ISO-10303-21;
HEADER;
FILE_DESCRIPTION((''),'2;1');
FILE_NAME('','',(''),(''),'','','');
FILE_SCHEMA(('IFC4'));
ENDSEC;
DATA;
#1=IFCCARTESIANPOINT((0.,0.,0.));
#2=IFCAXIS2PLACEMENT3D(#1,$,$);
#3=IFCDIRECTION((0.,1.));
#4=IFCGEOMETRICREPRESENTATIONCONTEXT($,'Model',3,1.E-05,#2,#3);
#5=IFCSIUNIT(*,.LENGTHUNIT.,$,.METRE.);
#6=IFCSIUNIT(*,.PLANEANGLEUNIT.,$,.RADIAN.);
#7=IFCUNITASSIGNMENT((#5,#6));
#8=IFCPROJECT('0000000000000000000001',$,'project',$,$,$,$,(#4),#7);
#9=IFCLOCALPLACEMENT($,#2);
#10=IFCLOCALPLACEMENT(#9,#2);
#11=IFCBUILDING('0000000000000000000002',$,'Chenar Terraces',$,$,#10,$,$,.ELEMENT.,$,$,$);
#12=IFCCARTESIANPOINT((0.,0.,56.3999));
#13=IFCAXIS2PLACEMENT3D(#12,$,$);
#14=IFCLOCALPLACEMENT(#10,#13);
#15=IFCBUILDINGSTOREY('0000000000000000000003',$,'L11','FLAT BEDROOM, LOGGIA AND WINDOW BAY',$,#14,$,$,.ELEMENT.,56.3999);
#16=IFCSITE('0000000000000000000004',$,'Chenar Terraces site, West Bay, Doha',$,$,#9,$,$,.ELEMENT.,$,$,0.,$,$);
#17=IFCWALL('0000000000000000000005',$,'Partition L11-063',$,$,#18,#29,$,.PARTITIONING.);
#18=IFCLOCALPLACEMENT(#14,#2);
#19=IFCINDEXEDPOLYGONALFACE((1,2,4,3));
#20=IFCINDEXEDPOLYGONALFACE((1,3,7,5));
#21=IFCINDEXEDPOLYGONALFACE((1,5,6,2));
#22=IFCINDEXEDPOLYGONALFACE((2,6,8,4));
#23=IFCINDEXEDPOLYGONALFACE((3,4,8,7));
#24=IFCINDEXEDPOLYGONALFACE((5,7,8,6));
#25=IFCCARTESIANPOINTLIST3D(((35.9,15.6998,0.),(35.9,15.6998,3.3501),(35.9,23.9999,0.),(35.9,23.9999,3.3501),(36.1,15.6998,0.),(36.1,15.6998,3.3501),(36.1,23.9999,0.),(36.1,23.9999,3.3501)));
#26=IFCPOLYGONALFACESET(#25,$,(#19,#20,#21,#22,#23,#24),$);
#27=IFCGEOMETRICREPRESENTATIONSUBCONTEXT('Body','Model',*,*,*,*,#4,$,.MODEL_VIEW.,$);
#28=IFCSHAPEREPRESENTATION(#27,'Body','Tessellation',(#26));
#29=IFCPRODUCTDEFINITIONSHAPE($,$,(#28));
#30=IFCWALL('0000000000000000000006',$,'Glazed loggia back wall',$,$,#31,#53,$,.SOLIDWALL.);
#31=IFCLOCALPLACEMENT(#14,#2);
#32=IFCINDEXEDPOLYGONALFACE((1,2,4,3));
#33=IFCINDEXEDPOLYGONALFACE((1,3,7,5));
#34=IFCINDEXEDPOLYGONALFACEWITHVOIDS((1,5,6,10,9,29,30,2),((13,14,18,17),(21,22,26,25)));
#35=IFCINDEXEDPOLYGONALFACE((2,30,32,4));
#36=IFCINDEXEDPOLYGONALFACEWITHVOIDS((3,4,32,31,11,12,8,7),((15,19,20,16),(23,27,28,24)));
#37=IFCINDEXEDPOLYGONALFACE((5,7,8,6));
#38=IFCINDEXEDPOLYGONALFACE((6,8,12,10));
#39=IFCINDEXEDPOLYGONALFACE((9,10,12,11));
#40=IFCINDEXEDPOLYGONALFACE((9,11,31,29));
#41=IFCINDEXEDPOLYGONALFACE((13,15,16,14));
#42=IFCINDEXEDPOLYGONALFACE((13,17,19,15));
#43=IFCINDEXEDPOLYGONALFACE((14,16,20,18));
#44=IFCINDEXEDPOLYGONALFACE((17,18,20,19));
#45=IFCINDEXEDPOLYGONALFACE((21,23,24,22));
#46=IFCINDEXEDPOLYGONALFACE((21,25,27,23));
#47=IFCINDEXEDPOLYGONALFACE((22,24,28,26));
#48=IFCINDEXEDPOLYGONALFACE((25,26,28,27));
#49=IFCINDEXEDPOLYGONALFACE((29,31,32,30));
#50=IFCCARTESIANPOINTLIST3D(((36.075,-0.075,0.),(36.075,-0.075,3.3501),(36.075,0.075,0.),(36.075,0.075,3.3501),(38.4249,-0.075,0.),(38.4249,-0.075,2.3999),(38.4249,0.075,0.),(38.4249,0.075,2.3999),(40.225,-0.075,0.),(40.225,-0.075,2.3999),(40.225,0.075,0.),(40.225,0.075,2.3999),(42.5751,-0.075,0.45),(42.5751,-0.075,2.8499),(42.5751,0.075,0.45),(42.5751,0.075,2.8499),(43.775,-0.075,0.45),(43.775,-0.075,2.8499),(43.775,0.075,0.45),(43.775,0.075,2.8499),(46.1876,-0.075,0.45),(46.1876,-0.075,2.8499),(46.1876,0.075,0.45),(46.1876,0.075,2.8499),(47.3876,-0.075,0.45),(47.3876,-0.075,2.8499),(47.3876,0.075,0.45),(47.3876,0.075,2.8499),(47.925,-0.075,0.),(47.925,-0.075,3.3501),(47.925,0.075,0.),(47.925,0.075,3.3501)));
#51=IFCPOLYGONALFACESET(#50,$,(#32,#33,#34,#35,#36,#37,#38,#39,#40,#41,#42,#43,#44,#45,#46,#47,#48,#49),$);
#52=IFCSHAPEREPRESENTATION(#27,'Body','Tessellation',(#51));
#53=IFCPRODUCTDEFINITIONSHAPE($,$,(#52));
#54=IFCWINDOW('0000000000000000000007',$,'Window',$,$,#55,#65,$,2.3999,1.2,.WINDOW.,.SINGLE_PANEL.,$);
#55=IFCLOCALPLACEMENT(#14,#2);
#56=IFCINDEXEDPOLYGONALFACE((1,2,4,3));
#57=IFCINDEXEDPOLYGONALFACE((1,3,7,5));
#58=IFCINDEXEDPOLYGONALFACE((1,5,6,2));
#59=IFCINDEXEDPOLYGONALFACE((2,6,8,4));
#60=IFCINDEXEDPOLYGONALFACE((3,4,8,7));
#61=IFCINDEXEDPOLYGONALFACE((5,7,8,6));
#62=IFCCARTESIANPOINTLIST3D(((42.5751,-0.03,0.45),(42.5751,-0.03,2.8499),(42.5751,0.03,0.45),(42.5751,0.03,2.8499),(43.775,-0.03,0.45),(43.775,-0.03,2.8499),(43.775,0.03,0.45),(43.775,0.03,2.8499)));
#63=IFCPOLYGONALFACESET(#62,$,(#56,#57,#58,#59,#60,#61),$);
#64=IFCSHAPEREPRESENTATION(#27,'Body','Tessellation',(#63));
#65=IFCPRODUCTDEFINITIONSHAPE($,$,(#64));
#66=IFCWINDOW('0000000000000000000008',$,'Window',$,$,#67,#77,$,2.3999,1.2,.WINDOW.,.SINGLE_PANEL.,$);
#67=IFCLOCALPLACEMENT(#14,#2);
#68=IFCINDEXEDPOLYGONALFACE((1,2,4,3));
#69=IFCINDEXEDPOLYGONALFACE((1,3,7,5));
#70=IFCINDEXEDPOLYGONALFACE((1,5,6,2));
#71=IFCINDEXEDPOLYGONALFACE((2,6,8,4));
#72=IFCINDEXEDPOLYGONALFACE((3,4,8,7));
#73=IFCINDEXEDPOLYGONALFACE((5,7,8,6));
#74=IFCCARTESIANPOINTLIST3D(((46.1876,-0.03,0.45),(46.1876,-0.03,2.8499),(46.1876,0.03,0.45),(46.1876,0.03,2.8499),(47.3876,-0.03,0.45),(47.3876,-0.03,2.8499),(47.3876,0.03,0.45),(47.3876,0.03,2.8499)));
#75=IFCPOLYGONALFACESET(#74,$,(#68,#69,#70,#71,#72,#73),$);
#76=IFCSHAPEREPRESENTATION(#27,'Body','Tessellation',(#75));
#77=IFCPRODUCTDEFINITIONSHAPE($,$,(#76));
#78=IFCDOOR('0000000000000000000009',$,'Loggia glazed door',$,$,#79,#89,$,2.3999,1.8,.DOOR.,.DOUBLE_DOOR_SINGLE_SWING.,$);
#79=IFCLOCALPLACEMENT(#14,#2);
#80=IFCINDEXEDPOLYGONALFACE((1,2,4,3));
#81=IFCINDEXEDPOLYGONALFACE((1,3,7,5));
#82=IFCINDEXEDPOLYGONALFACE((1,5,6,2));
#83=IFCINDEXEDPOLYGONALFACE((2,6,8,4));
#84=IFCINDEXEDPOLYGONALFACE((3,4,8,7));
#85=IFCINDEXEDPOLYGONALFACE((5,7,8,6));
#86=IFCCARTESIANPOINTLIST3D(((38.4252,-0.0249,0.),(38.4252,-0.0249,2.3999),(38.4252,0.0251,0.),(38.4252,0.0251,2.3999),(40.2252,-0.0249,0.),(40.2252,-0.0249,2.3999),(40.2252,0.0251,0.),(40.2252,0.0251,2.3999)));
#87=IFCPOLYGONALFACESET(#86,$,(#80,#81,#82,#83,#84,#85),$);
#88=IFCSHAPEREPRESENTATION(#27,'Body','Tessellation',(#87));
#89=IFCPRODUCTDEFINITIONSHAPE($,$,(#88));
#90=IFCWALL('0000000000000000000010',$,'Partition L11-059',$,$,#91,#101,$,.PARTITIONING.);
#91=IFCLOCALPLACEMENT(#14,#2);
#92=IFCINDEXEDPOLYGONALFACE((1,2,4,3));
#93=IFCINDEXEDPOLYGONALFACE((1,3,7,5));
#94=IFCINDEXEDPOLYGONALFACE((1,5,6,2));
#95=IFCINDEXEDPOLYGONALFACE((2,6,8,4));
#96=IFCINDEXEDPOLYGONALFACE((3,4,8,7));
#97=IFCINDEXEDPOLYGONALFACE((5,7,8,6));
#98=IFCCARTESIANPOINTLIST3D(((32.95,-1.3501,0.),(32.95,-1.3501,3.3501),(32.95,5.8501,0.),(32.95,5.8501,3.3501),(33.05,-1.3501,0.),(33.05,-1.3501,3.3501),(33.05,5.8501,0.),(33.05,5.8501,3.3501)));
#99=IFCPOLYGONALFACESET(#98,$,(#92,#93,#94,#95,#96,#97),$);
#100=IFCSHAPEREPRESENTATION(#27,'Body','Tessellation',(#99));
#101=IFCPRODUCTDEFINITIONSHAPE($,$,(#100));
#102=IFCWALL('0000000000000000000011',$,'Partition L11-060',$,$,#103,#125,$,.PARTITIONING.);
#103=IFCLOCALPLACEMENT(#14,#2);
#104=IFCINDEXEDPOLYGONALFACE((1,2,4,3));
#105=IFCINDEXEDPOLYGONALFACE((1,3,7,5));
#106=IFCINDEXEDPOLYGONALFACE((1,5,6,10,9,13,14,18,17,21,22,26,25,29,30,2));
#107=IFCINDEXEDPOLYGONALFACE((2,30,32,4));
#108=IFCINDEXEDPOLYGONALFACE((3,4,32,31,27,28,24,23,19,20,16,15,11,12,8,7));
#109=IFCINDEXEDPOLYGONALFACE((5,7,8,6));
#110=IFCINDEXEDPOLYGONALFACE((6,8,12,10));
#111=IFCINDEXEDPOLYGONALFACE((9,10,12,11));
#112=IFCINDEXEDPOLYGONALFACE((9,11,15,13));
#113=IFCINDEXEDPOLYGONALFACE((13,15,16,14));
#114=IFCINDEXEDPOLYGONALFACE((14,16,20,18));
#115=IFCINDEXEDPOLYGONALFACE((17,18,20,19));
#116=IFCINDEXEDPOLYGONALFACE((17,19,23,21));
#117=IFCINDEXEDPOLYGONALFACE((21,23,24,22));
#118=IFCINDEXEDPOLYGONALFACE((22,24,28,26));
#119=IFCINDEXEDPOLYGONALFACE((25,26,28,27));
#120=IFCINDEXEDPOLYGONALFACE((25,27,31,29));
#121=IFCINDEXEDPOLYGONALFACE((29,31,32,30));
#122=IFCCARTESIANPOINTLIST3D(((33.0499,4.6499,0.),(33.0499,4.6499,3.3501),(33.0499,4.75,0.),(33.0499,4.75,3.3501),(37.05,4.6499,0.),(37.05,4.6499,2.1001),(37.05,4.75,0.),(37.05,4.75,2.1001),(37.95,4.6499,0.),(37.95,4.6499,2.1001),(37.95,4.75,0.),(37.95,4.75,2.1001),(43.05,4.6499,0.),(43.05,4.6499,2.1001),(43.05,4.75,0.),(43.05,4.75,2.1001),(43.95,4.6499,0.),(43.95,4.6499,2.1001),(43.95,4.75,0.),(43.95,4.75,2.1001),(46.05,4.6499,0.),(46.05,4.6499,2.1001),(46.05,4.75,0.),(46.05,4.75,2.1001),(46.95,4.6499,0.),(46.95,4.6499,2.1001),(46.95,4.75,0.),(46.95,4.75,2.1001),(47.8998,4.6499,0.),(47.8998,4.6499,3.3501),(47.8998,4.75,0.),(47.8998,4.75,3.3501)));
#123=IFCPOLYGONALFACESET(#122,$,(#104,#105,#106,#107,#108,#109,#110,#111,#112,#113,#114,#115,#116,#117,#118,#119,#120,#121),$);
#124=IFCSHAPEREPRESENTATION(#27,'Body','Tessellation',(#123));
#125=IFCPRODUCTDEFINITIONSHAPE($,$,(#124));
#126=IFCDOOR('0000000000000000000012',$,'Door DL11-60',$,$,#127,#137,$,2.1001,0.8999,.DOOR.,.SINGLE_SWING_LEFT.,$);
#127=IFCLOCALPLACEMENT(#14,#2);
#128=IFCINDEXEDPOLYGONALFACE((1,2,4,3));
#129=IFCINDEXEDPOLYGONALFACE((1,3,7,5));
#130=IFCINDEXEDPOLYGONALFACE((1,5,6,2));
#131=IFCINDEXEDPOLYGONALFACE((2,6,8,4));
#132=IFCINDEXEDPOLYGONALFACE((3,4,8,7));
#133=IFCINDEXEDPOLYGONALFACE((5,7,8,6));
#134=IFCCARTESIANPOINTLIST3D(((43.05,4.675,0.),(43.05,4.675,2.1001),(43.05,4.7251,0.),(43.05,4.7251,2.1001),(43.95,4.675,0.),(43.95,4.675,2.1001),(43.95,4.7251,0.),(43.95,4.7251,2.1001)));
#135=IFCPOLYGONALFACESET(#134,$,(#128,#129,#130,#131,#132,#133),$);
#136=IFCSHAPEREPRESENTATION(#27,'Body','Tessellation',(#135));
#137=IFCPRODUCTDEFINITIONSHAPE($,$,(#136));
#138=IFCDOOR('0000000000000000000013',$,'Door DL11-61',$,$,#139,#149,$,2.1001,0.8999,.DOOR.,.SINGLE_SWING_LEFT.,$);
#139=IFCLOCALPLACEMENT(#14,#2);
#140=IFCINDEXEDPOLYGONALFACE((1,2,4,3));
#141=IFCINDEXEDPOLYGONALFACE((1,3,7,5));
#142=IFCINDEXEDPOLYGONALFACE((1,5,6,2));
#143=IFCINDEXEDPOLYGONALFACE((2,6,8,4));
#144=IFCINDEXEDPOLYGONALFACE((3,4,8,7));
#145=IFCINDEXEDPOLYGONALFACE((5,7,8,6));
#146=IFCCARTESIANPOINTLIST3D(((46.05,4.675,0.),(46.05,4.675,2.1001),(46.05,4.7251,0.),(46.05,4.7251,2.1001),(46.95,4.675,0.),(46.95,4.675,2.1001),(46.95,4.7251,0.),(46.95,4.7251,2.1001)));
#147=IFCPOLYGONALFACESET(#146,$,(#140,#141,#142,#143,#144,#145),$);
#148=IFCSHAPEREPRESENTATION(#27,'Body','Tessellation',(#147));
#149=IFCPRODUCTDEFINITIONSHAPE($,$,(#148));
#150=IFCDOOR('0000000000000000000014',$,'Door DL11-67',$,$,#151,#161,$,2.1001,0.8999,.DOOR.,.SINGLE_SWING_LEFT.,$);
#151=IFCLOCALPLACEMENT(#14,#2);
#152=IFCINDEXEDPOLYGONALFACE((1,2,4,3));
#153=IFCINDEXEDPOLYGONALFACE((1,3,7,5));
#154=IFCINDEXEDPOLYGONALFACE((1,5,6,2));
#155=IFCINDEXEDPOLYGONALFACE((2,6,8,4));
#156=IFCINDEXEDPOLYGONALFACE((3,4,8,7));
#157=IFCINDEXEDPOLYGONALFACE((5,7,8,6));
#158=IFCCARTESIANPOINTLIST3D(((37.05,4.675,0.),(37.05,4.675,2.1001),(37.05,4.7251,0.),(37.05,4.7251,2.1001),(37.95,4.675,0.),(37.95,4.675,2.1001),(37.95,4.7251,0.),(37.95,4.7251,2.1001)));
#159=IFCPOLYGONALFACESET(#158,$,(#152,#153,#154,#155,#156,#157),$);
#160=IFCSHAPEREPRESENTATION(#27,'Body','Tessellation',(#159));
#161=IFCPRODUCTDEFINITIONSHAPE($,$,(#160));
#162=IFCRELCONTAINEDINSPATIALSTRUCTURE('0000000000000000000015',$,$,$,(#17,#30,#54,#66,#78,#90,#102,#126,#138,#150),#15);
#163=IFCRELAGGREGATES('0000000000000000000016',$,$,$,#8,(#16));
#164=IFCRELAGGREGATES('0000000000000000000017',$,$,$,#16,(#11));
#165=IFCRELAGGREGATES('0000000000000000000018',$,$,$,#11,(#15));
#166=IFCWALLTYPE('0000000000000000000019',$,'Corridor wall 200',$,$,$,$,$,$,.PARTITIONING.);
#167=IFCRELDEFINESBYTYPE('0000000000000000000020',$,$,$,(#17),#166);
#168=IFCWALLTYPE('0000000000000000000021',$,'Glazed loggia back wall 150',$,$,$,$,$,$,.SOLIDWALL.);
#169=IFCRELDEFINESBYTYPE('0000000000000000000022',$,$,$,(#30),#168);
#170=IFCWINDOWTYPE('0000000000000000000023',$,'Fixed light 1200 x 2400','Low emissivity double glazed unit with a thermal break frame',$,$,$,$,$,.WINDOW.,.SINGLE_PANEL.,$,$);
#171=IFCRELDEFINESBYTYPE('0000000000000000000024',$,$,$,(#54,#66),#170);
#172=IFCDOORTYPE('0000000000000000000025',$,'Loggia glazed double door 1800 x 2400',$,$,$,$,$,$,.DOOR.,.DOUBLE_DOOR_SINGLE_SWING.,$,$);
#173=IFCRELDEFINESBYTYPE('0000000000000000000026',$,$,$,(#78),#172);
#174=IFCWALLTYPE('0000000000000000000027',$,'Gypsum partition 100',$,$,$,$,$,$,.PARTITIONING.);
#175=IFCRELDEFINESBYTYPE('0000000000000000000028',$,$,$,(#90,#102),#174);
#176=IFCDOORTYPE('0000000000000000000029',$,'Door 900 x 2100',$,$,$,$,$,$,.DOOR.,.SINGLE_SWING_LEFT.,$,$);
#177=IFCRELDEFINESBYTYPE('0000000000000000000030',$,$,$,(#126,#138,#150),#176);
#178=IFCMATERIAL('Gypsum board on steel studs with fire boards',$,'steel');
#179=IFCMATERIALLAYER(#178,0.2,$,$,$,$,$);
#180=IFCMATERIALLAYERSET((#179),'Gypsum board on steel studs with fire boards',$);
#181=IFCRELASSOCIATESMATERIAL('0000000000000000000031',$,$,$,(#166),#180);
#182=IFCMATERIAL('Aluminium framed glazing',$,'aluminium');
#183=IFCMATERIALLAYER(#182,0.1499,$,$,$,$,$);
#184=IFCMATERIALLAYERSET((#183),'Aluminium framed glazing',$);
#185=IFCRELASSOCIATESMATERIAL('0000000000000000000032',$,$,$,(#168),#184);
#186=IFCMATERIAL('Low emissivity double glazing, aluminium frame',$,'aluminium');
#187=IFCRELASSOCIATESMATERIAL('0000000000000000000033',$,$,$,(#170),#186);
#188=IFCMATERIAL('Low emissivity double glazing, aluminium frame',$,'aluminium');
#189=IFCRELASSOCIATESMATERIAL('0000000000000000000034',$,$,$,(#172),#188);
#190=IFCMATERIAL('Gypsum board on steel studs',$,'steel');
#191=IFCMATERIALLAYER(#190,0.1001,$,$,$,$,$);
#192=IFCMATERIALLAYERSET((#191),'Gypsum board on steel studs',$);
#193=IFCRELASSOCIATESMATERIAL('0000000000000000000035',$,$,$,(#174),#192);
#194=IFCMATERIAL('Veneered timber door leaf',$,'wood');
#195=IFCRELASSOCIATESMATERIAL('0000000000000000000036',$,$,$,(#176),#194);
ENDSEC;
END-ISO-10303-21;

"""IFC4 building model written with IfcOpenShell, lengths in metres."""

from ifc_helpers import new_model, si_unit, direction, frame, frame_2d, origin, place, context, subcontext, project, spatial, rectangle, extrude, material, layer, layer_set, type_object, element, fill, save


model = new_model("IFC4")

# Units and contexts
model_context = context("Model", 3, precision=1e-05, world=origin(), true_north=direction((0.0, 1.0)))
body_context = subcontext(model_context, "Body", "Model", "MODEL_VIEW")
ifc_project = project(units=[si_unit("LENGTHUNIT", "METRE"), si_unit("PLANEANGLEUNIT", "RADIAN")], contexts=[model_context])

# Site, building, storey
site_placement = place(None, origin())
site = spatial("IfcSite", under=ifc_project, at=site_placement, Name="Chenar Terraces site, West Bay, Doha", CompositionType="ELEMENT", RefElevation=0.0)
building_placement = place(site_placement, origin())
building = spatial("IfcBuilding", under=site, at=building_placement, Name="Chenar Terraces", CompositionType="ELEMENT")
storey_placement = place(building_placement, frame((0.0, 0.0, 56.3999)))
storey = spatial("IfcBuildingStorey", under=building, at=storey_placement, Name="L11", Description="FLAT BEDROOM, LOGGIA AND WINDOW BAY", CompositionType="ELEMENT", Elevation=56.3999)

# Shared definitions
ifc_material_1 = material(Name="Gypsum board on steel studs with fire boards", Category="steel")
ifc_layer_1 = layer(ifc_material_1, 0.2)
ifc_layer_set_1 = layer_set([ifc_layer_1], Name="Gypsum board on steel studs with fire boards")
wall_type_1 = type_object("IfcWallType", Name="Corridor wall 200", PredefinedType="PARTITIONING", material=ifc_layer_set_1)

# Wall
wall_1_placement = place(storey_placement, frame((36.0, 15.7, 0.0), z_axis=(0.0, 0.0, 1.0), x_axis=(0.0, 1.0, 0.0)))
element("IfcWall", 1, at=wall_1_placement, inside=storey, type_object=wall_type_1, Name="Partition L11-063", PredefinedType="PARTITIONING", context=body_context, shape_type="SweptSolid", body=[
    extrude(rectangle(XDim=8.3, YDim=0.2, at=frame_2d((4.1499, 0.0))), origin(), (0.0, 0.0, 1.0), 3.3501),
])

# Wall, openings, windows, door
ifc_material_2 = material(Name="Aluminium framed glazing", Category="aluminium")
ifc_layer_2 = layer(ifc_material_2, 0.1499)
ifc_layer_set_2 = layer_set([ifc_layer_2], Name="Aluminium framed glazing")
wall_type_2 = type_object("IfcWallType", Name="Glazed loggia back wall 150", PredefinedType="SOLIDWALL", material=ifc_layer_set_2)
wall_2_placement = place(storey_placement, frame((36.075, 0.0, 0.0), z_axis=(0.0, 0.0, 1.0), x_axis=(1.0, 0.0, 0.0)))
wall_2 = element("IfcWall", 2, at=wall_2_placement, inside=storey, type_object=wall_type_2, Name="Glazed loggia back wall", PredefinedType="SOLIDWALL", context=body_context, shape_type="SweptSolid", body=[
    extrude(rectangle(XDim=11.8501, YDim=0.1499, at=frame_2d((5.925, 0.0))), origin(), (0.0, 0.0, 1.0), 3.3501),
])
opening_1_placement = place(wall_2_placement, frame((2.3501, 0.0, 0.0)))
opening_1 = element("IfcOpeningElement", 3, at=opening_1_placement, cuts=wall_2, PredefinedType="OPENING", context=body_context, shape_type="SweptSolid", body=[
    extrude(rectangle(XDim=1.8, YDim=2.3999, at=frame_2d((0.8999, 1.2))), frame((0.0, 0.085, 0.0), z_axis=(0.0, -1.0, 0.0), x_axis=(1.0, 0.0, 0.0)), (0.0, 0.0, 1.0), 0.1699),
])
opening_2_placement = place(wall_2_placement, frame((6.5, 0.0, 0.45)))
opening_2 = element("IfcOpeningElement", 4, at=opening_2_placement, cuts=wall_2, PredefinedType="OPENING", context=body_context, shape_type="SweptSolid", body=[
    extrude(rectangle(XDim=1.2, YDim=2.3999, at=frame_2d((0.6001, 1.2))), frame((0.0, 0.085, 0.0), z_axis=(0.0, -1.0, 0.0), x_axis=(1.0, 0.0, 0.0)), (0.0, 0.0, 1.0), 0.1699),
])
opening_3_placement = place(wall_2_placement, frame((10.1125, 0.0, 0.45)))
opening_3 = element("IfcOpeningElement", 5, at=opening_3_placement, cuts=wall_2, PredefinedType="OPENING", context=body_context, shape_type="SweptSolid", body=[
    extrude(rectangle(XDim=1.2, YDim=2.3999, at=frame_2d((0.6001, 1.2))), frame((0.0, 0.085, 0.0), z_axis=(0.0, -1.0, 0.0), x_axis=(1.0, 0.0, 0.0)), (0.0, 0.0, 1.0), 0.1699),
])
ifc_material_3 = material(Name="Low emissivity double glazing, aluminium frame", Category="aluminium")
window_type = type_object("IfcWindowType", Name="Fixed light 1200 x 2400", Description="Low emissivity double glazed unit with a thermal break frame", PartitioningType="SINGLE_PANEL", PredefinedType="WINDOW", material=ifc_material_3)
window_1_placement = place(opening_2_placement, origin())
window_1 = element("IfcWindow", 6, at=window_1_placement, inside=storey, type_object=window_type, Name="Window", OverallHeight=2.3999, OverallWidth=1.2, PartitioningType="SINGLE_PANEL", PredefinedType="WINDOW", context=body_context, shape_type="SweptSolid", body=[
    extrude(rectangle(XDim=1.2, YDim=2.3999, at=frame_2d((0.6001, 1.2))), frame((0.0, 0.03, 0.0), z_axis=(0.0, -1.0, 0.0), x_axis=(1.0, 0.0, 0.0)), (0.0, 0.0, 1.0), 0.0601),
])
fill(opening_2, window_1)
window_2_placement = place(opening_3_placement, origin())
window_2 = element("IfcWindow", 7, at=window_2_placement, inside=storey, type_object=window_type, Name="Window", OverallHeight=2.3999, OverallWidth=1.2, PartitioningType="SINGLE_PANEL", PredefinedType="WINDOW", context=body_context, shape_type="SweptSolid", body=[
    extrude(rectangle(XDim=1.2, YDim=2.3999, at=frame_2d((0.6001, 1.2))), frame((0.0, 0.03, 0.0), z_axis=(0.0, -1.0, 0.0), x_axis=(1.0, 0.0, 0.0)), (0.0, 0.0, 1.0), 0.0601),
])
fill(opening_3, window_2)
ifc_material_4 = material(Name="Low emissivity double glazing, aluminium frame", Category="aluminium")
door_type_1 = type_object("IfcDoorType", Name="Loggia glazed double door 1800 x 2400", OperationType="DOUBLE_DOOR_SINGLE_SWING", PredefinedType="DOOR", material=ifc_material_4)
door_1_placement = place(opening_1_placement, frame((1.8, 0.0, 0.0), z_axis=(0.0, 0.0, 1.0), x_axis=(-1.0, 0.0, 0.0)))
door_1 = element("IfcDoor", 8, at=door_1_placement, inside=storey, type_object=door_type_1, Name="Loggia glazed door", OperationType="DOUBLE_DOOR_SINGLE_SWING", OverallHeight=2.3999, OverallWidth=1.8, PredefinedType="DOOR", context=body_context, shape_type="SweptSolid", body=[
    extrude(rectangle(XDim=1.8, YDim=2.3999, at=frame_2d((0.8999, 1.2))), frame((0.0, 0.0249, 0.0), z_axis=(0.0, -1.0, 0.0), x_axis=(1.0, 0.0, 0.0)), (0.0, 0.0, 1.0), 0.05),
])
fill(opening_1, door_1)

# Wall
ifc_material_5 = material(Name="Gypsum board on steel studs", Category="steel")
ifc_layer_3 = layer(ifc_material_5, 0.1001)
ifc_layer_set_3 = layer_set([ifc_layer_3], Name="Gypsum board on steel studs")
wall_type_3 = type_object("IfcWallType", Name="Gypsum partition 100", PredefinedType="PARTITIONING", material=ifc_layer_set_3)
wall_3_placement = place(storey_placement, frame((33.0, -1.3501, 0.0), z_axis=(0.0, 0.0, 1.0), x_axis=(0.0, 1.0, 0.0)))
element("IfcWall", 9, at=wall_3_placement, inside=storey, type_object=wall_type_3, Name="Partition L11-059", PredefinedType="PARTITIONING", context=body_context, shape_type="SweptSolid", body=[
    extrude(rectangle(XDim=7.2002, YDim=0.1001, at=frame_2d((3.6001, 0.0))), origin(), (0.0, 0.0, 1.0), 3.3501),
])

# Wall, openings, doors
wall_4_placement = place(storey_placement, frame((33.05, 4.7, 0.0), z_axis=(0.0, 0.0, 1.0), x_axis=(1.0, 0.0, 0.0)))
wall_4 = element("IfcWall", 10, at=wall_4_placement, inside=storey, type_object=wall_type_3, Name="Partition L11-060", PredefinedType="PARTITIONING", context=body_context, shape_type="SweptSolid", body=[
    extrude(rectangle(XDim=14.8499, YDim=0.1001, at=frame_2d((7.4248, 0.0))), origin(), (0.0, 0.0, 1.0), 3.3501),
])
opening_4_placement = place(wall_4_placement, frame((10.0, 0.0, 0.0)))
opening_4 = element("IfcOpeningElement", 11, at=opening_4_placement, cuts=wall_4, PredefinedType="OPENING", context=body_context, shape_type="SweptSolid", body=[
    extrude(rectangle(XDim=0.8999, YDim=2.1001, at=frame_2d((0.45, 1.05))), frame((0.0, 0.0601, 0.0), z_axis=(0.0, -1.0, 0.0), x_axis=(1.0, 0.0, 0.0)), (0.0, 0.0, 1.0), 0.1201),
])
opening_5_placement = place(wall_4_placement, frame((13.0, 0.0, 0.0)))
opening_5 = element("IfcOpeningElement", 12, at=opening_5_placement, cuts=wall_4, PredefinedType="OPENING", context=body_context, shape_type="SweptSolid", body=[
    extrude(rectangle(XDim=0.8999, YDim=2.1001, at=frame_2d((0.45, 1.05))), frame((0.0, 0.0601, 0.0), z_axis=(0.0, -1.0, 0.0), x_axis=(1.0, 0.0, 0.0)), (0.0, 0.0, 1.0), 0.1201),
])
opening_6_placement = place(wall_4_placement, frame((4.0, 0.0, 0.0)))
opening_6 = element("IfcOpeningElement", 13, at=opening_6_placement, cuts=wall_4, PredefinedType="OPENING", context=body_context, shape_type="SweptSolid", body=[
    extrude(rectangle(XDim=0.8999, YDim=2.1001, at=frame_2d((0.45, 1.05))), frame((0.0, 0.0601, 0.0), z_axis=(0.0, -1.0, 0.0), x_axis=(1.0, 0.0, 0.0)), (0.0, 0.0, 1.0), 0.1201),
])
ifc_material_6 = material(Name="Veneered timber door leaf", Category="wood")
door_type_2 = type_object("IfcDoorType", Name="Door 900 x 2100", OperationType="SINGLE_SWING_LEFT", PredefinedType="DOOR", material=ifc_material_6)
door_2_placement = place(opening_4_placement, frame((0.8999, 0.0, 0.0), z_axis=(0.0, 0.0, 1.0), x_axis=(-1.0, 0.0, 0.0)))
door_2 = element("IfcDoor", 14, at=door_2_placement, inside=storey, type_object=door_type_2, Name="Door DL11-60", OperationType="SINGLE_SWING_LEFT", OverallHeight=2.1001, OverallWidth=0.8999, PredefinedType="DOOR", context=body_context, shape_type="SweptSolid", body=[
    extrude(rectangle(XDim=0.8999, YDim=2.1001, at=frame_2d((0.45, 1.05))), frame((0.0, 0.0249, 0.0), z_axis=(0.0, -1.0, 0.0), x_axis=(1.0, 0.0, 0.0)), (0.0, 0.0, 1.0), 0.05),
])
fill(opening_4, door_2)
door_3_placement = place(opening_5_placement, frame((0.8999, 0.0, 0.0), z_axis=(0.0, 0.0, 1.0), x_axis=(-1.0, 0.0, 0.0)))
door_3 = element("IfcDoor", 15, at=door_3_placement, inside=storey, type_object=door_type_2, Name="Door DL11-61", OperationType="SINGLE_SWING_LEFT", OverallHeight=2.1001, OverallWidth=0.8999, PredefinedType="DOOR", context=body_context, shape_type="SweptSolid", body=[
    extrude(rectangle(XDim=0.8999, YDim=2.1001, at=frame_2d((0.45, 1.05))), frame((0.0, 0.0249, 0.0), z_axis=(0.0, -1.0, 0.0), x_axis=(1.0, 0.0, 0.0)), (0.0, 0.0, 1.0), 0.05),
])
fill(opening_5, door_3)
door_4_placement = place(opening_6_placement, frame((0.8999, 0.0, 0.0), z_axis=(0.0, 0.0, 1.0), x_axis=(-1.0, 0.0, 0.0)))
door_4 = element("IfcDoor", 16, at=door_4_placement, inside=storey, type_object=door_type_2, Name="Door DL11-67", OperationType="SINGLE_SWING_LEFT", OverallHeight=2.1001, OverallWidth=0.8999, PredefinedType="DOOR", context=body_context, shape_type="SweptSolid", body=[
    extrude(rectangle(XDim=0.8999, YDim=2.1001, at=frame_2d((0.45, 1.05))), frame((0.0, 0.0249, 0.0), z_axis=(0.0, -1.0, 0.0), x_axis=(1.0, 0.0, 0.0)), (0.0, 0.0, 1.0), 0.05),
])
fill(opening_6, door_4)

save(model, "model.ifc")
